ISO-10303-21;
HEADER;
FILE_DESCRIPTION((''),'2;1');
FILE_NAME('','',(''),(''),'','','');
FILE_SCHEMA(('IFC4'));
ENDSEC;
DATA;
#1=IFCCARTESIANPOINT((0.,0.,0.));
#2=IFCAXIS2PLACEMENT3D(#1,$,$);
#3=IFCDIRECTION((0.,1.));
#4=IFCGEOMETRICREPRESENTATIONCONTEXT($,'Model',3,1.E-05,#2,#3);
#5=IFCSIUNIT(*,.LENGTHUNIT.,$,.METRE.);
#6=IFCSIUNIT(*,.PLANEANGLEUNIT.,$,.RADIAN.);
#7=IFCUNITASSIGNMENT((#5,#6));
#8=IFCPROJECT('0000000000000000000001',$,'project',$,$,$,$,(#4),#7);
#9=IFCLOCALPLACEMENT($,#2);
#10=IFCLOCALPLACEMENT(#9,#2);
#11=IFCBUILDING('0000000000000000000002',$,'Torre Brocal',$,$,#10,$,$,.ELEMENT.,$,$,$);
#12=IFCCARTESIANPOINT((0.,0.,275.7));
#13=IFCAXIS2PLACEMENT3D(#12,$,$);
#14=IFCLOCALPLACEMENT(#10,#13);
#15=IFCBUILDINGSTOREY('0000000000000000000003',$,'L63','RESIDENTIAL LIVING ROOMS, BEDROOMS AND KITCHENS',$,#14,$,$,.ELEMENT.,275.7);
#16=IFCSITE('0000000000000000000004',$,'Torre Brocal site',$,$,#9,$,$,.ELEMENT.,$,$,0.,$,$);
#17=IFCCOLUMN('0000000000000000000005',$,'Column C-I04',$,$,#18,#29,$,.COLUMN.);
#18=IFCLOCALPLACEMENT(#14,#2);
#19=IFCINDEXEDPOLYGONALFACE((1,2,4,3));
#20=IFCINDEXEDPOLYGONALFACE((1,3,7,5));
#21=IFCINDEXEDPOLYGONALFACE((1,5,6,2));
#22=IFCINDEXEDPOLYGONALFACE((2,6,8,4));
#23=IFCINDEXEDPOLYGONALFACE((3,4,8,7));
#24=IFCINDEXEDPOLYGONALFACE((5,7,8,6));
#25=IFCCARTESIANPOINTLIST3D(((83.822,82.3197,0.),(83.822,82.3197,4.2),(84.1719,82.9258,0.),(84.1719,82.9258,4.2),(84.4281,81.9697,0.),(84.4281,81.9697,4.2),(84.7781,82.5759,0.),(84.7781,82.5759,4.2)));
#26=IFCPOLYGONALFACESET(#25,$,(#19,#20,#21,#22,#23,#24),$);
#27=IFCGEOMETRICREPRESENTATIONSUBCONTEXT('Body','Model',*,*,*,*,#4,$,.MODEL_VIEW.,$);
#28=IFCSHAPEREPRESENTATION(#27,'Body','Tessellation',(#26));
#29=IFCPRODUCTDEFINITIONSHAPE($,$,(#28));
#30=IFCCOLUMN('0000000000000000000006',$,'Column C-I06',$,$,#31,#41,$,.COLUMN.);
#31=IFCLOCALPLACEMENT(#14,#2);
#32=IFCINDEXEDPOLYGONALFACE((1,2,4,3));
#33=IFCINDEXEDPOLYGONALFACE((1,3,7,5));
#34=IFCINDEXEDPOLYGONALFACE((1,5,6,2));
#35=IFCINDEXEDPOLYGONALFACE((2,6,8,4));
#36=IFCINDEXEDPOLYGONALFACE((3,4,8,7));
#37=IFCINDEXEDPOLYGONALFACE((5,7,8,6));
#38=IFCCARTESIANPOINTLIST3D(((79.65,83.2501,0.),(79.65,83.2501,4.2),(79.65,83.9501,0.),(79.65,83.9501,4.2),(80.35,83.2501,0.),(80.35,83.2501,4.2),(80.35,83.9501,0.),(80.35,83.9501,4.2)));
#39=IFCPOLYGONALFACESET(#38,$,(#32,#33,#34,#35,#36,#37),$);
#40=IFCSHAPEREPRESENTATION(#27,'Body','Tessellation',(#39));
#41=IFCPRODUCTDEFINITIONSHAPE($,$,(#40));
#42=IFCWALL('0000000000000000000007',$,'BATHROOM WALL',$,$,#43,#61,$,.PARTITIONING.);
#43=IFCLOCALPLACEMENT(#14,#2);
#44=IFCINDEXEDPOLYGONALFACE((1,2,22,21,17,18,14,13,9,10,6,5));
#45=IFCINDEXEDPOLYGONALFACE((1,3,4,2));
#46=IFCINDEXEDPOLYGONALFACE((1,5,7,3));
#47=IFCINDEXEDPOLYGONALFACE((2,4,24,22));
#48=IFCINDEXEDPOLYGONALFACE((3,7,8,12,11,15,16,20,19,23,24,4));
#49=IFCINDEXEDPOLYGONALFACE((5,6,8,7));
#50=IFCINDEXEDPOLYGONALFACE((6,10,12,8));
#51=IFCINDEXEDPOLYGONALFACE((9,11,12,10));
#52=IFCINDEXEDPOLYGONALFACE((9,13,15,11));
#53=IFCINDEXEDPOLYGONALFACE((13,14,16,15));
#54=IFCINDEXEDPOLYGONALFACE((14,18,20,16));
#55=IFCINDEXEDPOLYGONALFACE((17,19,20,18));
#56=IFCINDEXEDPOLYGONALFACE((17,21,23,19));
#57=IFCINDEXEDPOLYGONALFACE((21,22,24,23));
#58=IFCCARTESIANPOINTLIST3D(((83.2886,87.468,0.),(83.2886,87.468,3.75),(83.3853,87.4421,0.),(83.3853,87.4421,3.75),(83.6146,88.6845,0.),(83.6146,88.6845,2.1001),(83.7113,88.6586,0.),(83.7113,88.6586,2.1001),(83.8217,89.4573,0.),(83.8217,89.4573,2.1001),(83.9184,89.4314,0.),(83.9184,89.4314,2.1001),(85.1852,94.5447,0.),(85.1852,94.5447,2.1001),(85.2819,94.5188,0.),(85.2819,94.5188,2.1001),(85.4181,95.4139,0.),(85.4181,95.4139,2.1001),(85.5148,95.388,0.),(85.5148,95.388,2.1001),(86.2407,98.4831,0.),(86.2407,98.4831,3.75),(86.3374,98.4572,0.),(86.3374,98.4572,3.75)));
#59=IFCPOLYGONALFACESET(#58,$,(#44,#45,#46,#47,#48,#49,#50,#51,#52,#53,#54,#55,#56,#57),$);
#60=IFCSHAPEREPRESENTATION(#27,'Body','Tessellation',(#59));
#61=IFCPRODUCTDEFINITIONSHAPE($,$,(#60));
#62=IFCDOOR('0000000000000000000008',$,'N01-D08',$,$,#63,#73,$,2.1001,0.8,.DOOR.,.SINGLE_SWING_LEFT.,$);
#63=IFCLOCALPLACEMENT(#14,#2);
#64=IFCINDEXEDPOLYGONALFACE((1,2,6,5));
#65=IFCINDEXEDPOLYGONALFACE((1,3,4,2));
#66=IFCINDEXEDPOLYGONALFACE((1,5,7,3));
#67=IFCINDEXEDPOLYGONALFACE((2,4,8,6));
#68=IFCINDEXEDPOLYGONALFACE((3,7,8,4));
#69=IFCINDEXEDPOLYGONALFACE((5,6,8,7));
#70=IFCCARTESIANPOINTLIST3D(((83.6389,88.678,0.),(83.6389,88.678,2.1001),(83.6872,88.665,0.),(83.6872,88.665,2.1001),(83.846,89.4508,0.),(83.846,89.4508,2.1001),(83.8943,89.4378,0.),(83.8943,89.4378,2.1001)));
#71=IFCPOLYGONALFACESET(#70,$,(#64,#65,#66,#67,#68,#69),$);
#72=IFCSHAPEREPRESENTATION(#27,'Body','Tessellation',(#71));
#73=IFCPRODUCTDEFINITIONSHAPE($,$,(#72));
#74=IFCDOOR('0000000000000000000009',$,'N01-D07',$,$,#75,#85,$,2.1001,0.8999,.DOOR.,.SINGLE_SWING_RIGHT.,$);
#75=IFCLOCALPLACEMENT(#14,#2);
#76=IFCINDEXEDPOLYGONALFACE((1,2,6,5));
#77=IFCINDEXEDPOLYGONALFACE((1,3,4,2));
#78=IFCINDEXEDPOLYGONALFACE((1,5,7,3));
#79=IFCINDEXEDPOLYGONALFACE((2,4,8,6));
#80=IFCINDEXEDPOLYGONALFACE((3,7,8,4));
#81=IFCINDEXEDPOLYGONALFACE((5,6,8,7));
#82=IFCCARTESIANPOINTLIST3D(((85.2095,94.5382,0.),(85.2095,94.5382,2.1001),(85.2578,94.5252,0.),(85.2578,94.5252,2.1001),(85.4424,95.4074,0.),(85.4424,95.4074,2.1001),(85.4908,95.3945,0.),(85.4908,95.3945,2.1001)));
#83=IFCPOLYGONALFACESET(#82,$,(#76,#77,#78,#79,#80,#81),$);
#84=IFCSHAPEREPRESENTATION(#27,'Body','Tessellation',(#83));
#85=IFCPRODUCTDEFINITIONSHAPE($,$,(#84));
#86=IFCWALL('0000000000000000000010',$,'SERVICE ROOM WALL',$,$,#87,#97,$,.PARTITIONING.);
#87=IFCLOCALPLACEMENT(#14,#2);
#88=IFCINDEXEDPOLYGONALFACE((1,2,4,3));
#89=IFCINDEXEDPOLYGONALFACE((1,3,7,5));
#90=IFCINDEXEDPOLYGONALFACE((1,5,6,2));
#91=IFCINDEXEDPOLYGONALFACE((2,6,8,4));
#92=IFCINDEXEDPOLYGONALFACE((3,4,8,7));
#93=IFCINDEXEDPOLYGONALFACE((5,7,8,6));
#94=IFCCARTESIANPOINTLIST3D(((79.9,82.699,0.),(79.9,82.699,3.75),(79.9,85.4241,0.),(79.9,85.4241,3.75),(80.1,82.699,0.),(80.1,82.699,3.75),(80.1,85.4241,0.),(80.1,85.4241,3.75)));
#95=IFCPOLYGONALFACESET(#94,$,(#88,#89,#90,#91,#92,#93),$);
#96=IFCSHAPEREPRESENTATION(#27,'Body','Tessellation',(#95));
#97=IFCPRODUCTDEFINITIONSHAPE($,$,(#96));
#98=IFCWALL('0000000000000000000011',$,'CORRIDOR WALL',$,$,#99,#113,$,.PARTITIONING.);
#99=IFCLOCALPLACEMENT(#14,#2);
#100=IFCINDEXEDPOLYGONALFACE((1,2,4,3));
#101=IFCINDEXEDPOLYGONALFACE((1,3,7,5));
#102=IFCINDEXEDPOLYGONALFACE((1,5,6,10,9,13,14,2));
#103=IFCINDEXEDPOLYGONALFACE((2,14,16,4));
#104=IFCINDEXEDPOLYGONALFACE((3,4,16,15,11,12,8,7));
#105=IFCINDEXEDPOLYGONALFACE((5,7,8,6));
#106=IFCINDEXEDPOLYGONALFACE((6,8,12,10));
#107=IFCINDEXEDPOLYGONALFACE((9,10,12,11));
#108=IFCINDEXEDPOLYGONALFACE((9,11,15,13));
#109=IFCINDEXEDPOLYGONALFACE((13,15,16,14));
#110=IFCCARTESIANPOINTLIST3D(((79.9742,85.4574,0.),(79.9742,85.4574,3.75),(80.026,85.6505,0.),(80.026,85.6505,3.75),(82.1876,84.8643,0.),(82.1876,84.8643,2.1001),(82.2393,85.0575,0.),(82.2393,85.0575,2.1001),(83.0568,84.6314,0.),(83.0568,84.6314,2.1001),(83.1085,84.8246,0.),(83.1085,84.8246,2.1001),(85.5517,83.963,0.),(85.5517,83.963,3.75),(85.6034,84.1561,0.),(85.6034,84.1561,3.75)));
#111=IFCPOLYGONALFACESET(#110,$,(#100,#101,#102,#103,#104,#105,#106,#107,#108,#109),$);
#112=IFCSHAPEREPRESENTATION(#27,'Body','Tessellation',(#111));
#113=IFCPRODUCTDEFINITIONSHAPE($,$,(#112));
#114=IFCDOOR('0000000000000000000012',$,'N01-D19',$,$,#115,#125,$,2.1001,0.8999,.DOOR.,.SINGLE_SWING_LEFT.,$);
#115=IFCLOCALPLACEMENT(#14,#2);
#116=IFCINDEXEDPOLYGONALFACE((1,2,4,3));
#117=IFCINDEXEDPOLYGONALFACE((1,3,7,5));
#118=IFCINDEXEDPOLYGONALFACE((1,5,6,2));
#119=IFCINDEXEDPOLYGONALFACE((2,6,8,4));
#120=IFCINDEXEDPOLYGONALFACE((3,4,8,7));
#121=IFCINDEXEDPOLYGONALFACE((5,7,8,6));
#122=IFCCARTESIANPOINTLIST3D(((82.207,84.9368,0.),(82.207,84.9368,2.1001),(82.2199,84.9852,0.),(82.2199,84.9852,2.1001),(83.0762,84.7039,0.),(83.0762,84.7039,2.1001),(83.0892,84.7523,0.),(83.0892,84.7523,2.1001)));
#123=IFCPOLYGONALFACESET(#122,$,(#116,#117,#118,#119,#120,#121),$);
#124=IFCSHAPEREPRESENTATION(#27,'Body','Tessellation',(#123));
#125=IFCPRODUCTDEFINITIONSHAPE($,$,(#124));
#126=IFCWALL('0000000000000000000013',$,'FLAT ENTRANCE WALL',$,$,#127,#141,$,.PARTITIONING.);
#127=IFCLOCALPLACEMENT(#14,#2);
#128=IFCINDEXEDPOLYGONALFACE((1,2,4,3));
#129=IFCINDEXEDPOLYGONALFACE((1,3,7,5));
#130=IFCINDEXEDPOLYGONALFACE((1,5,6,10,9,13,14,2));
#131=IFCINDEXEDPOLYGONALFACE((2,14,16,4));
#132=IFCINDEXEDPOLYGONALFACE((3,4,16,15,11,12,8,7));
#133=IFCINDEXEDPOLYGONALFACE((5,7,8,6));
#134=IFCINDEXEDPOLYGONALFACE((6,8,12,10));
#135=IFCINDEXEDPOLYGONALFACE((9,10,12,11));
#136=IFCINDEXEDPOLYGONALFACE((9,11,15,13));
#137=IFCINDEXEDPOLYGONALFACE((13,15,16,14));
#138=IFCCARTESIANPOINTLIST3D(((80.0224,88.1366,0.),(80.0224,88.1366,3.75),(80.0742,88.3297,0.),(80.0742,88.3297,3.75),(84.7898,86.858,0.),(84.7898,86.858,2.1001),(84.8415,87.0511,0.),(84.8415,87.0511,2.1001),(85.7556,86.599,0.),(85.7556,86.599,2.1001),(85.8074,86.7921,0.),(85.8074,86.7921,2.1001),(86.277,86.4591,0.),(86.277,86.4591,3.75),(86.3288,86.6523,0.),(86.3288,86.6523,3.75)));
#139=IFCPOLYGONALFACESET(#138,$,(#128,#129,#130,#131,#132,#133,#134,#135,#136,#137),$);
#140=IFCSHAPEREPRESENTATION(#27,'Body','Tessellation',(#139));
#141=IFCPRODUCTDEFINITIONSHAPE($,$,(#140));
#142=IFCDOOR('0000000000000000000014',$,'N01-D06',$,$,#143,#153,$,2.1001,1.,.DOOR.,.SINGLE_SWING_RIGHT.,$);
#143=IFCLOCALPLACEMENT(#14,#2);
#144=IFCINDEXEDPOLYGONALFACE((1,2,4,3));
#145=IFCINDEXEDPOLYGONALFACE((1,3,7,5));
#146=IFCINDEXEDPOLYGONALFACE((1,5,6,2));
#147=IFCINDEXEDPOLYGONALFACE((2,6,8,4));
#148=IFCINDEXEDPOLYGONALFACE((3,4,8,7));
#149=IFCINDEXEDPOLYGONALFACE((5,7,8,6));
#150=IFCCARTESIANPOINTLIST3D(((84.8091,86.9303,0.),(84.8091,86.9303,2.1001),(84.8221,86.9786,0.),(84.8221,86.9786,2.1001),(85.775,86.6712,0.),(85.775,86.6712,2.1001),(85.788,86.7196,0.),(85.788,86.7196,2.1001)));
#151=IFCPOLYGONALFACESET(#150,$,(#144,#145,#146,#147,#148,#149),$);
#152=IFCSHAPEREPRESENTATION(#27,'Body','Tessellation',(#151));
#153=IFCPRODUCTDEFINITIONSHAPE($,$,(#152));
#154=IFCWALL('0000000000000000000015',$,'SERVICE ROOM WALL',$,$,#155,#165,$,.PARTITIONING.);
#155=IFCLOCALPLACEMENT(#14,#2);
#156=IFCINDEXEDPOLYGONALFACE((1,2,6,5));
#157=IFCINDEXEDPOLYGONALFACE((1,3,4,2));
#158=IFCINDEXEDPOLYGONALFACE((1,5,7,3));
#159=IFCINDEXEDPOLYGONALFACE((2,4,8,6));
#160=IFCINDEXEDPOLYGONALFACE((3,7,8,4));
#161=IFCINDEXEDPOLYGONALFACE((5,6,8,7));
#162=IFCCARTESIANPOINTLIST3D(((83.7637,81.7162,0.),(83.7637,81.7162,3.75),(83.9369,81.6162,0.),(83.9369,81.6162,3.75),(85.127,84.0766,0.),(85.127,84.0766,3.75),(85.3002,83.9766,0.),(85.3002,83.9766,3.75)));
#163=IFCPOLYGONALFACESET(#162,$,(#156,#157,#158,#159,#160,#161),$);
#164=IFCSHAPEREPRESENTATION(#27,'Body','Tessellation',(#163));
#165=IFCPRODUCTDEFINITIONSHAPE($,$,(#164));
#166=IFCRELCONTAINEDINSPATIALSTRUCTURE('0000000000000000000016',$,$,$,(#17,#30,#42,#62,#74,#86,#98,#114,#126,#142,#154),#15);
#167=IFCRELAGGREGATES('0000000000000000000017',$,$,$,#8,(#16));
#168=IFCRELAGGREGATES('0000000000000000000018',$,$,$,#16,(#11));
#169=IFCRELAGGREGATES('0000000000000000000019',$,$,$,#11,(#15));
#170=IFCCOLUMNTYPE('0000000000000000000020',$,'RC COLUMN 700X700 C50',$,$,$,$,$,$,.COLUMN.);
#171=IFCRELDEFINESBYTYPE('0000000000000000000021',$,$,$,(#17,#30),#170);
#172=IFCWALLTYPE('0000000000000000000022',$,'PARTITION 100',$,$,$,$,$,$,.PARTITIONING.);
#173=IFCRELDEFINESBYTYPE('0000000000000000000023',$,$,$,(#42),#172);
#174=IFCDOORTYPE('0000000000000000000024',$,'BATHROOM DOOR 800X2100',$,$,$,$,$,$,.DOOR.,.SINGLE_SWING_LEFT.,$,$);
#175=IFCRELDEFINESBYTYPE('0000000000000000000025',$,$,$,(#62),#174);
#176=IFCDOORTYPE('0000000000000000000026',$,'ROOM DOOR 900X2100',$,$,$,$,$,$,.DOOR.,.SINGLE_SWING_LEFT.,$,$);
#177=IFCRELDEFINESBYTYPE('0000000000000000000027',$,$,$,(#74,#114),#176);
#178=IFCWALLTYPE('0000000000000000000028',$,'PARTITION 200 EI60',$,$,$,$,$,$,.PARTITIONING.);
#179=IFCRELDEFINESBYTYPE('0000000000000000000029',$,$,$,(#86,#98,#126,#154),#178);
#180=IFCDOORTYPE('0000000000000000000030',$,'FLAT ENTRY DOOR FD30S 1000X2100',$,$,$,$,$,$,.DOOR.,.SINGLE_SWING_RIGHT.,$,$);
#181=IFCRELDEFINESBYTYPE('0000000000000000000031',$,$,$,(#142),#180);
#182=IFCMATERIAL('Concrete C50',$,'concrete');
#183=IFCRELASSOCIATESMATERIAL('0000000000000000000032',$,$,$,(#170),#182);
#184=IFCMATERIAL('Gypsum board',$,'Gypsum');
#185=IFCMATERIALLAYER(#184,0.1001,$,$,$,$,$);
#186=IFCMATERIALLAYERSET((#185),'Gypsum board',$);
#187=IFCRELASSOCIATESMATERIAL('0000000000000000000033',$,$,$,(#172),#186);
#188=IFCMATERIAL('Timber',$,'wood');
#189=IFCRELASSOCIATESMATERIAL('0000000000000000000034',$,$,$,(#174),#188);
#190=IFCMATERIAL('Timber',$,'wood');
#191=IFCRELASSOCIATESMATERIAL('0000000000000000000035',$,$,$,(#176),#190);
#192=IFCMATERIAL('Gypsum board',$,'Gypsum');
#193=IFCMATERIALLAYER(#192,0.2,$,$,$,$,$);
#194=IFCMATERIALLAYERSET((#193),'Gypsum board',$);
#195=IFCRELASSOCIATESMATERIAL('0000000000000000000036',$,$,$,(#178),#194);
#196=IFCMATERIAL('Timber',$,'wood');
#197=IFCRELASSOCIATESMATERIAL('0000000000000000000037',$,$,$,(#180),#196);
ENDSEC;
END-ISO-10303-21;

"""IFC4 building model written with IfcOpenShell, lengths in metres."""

from ifc_helpers import new_model, si_unit, direction, frame, frame_2d, origin, origin_2d, place, context, subcontext, project, spatial, rectangle, extrude, material, layer, layer_set, material_profile, profile_set, type_object, element, fill, save


model = new_model("IFC4")

# Units and contexts
model_context = context("Model", 3, precision=1e-05, world=origin(), true_north=direction((0.0, 1.0)))
body_context = subcontext(model_context, "Body", "Model", "MODEL_VIEW")
ifc_project = project(units=[si_unit("LENGTHUNIT", "METRE"), si_unit("PLANEANGLEUNIT", "RADIAN")], contexts=[model_context])

# Site, building, storey
site_placement = place(None, origin())
site = spatial("IfcSite", under=ifc_project, at=site_placement, Name="Torre Brocal site", CompositionType="ELEMENT", RefElevation=0.0)
building_placement = place(site_placement, origin())
building = spatial("IfcBuilding", under=site, at=building_placement, Name="Torre Brocal", CompositionType="ELEMENT")
storey_placement = place(building_placement, frame((0.0, 0.0, 275.7)))
storey = spatial("IfcBuildingStorey", under=building, at=storey_placement, Name="L63", Description="RESIDENTIAL LIVING ROOMS, BEDROOMS AND KITCHENS", CompositionType="ELEMENT", Elevation=275.7)

# Columns
ifc_material_1 = material(Name="Concrete C50", Category="concrete")
ifc_material_profile = material_profile(ifc_material_1, rectangle(XDim=0.7, YDim=0.7, at=origin_2d()), Name="RC 700X700")
ifc_profile_set = profile_set([ifc_material_profile], Name="Concrete C50")
column_type = type_object("IfcColumnType", Name="RC COLUMN 700X700 C50", PredefinedType="COLUMN", material=ifc_profile_set)
for number, where, z_axis, x_axis, name in (
    (1, (84.3, 82.4478, 0.0), (0.0, 0.0, 1.0), (0.5, 0.866025, 0.0), "Column C-I04"),
    (2, (80.0, 83.6001, 0.0), (0.0, 0.0, 1.0), (0.0, 1.0, 0.0), "Column C-I06"),
):
    element("IfcColumn", number, at=place(storey_placement, frame(where, z_axis=z_axis, x_axis=x_axis)), inside=storey, type_object=column_type, Name=name, PredefinedType="COLUMN", context=body_context, shape_type="SweptSolid", body=[
        extrude(rectangle(XDim=0.7, YDim=0.7, at=origin_2d()), origin(), (0.0, 0.0, 1.0), 4.2),
    ])

# Wall, openings, doors
ifc_material_2 = material(Name="Gypsum board", Category="Gypsum")
ifc_layer_1 = layer(ifc_material_2, 0.1001)
ifc_layer_set_1 = layer_set([ifc_layer_1], Name="Gypsum board")
wall_type_1 = type_object("IfcWallType", Name="PARTITION 100", PredefinedType="PARTITIONING", material=ifc_layer_set_1)
wall_1_placement = place(storey_placement, frame((83.3369, 87.4551, 0.0), z_axis=(0.0, 0.0, 1.0), x_axis=(0.258872, 0.965912, 0.0)))
wall_1 = element("IfcWall", 3, at=wall_1_placement, inside=storey, type_object=wall_type_1, Name="BATHROOM WALL", PredefinedType="PARTITIONING", context=body_context, shape_type="SweptSolid", body=[
    extrude(rectangle(XDim=11.4038, YDim=0.1001, at=frame_2d((5.7019, 0.0))), origin(), (0.0, 0.0, 1.0), 3.75),
])
opening_1_placement = place(wall_1_placement, frame((7.3264, 0.0, 0.0)))
opening_1 = element("IfcOpeningElement", 4, at=opening_1_placement, cuts=wall_1, PredefinedType="OPENING", context=body_context, shape_type="SweptSolid", body=[
    extrude(rectangle(XDim=0.8999, YDim=2.1001, at=frame_2d((0.45, 1.05))), frame((0.0, 0.0601, 0.0), z_axis=(0.0, -1.0, 0.0), x_axis=(1.0, 0.0, 0.0)), (0.0, 0.0, 1.0), 0.1201),
])
opening_2_placement = place(wall_1_placement, frame((1.2595, 0.0, 0.0)))
opening_2 = element("IfcOpeningElement", 5, at=opening_2_placement, cuts=wall_1, PredefinedType="OPENING", context=body_context, shape_type="SweptSolid", body=[
    extrude(rectangle(XDim=0.8, YDim=2.1001, at=frame_2d((0.3999, 1.05))), frame((0.0, 0.0601, 0.0), z_axis=(0.0, -1.0, 0.0), x_axis=(1.0, 0.0, 0.0)), (0.0, 0.0, 1.0), 0.1201),
])
ifc_material_3 = material(Name="Timber", Category="wood")
door_type_1 = type_object("IfcDoorType", Name="BATHROOM DOOR 800X2100", OperationType="SINGLE_SWING_LEFT", PredefinedType="DOOR", material=ifc_material_3)
door_1_placement = place(opening_2_placement, origin())
door_1 = element("IfcDoor", 6, at=door_1_placement, inside=storey, type_object=door_type_1, Name="N01-D08", OperationType="SINGLE_SWING_LEFT", OverallHeight=2.1001, OverallWidth=0.8, PredefinedType="DOOR", context=body_context, shape_type="SweptSolid", body=[
    extrude(rectangle(XDim=0.8, YDim=2.1001, at=frame_2d((0.3999, 1.05))), frame((0.0, 0.0249, 0.0), z_axis=(0.0, -1.0, 0.0), x_axis=(1.0, 0.0, 0.0)), (0.0, 0.0, 1.0), 0.05),
])
fill(opening_2, door_1)
ifc_material_4 = material(Name="Timber", Category="wood")
door_type_2 = type_object("IfcDoorType", Name="ROOM DOOR 900X2100", OperationType="SINGLE_SWING_LEFT", PredefinedType="DOOR", material=ifc_material_4)
door_2_placement = place(opening_1_placement, origin())
door_2 = element("IfcDoor", 7, at=door_2_placement, inside=storey, type_object=door_type_2, Name="N01-D07", OperationType="SINGLE_SWING_RIGHT", OverallHeight=2.1001, OverallWidth=0.8999, PredefinedType="DOOR", context=body_context, shape_type="SweptSolid", body=[
    extrude(rectangle(XDim=0.8999, YDim=2.1001, at=frame_2d((0.45, 1.05))), frame((0.0, 0.0249, 0.0), z_axis=(0.0, -1.0, 0.0), x_axis=(1.0, 0.0, 0.0)), (0.0, 0.0, 1.0), 0.05),
])
fill(opening_1, door_2)

# Wall
ifc_material_5 = material(Name="Gypsum board", Category="Gypsum")
ifc_layer_2 = layer(ifc_material_5, 0.2)
ifc_layer_set_2 = layer_set([ifc_layer_2], Name="Gypsum board")
wall_type_2 = type_object("IfcWallType", Name="PARTITION 200 EI60", PredefinedType="PARTITIONING", material=ifc_layer_set_2)
wall_2_placement = place(storey_placement, frame((80.0, 82.699, 0.0), z_axis=(0.0, 0.0, 1.0), x_axis=(0.0, 1.0, 0.0)))
element("IfcWall", 8, at=wall_2_placement, inside=storey, type_object=wall_type_2, Name="SERVICE ROOM WALL", PredefinedType="PARTITIONING", context=body_context, shape_type="SweptSolid", body=[
    extrude(rectangle(XDim=2.7251, YDim=0.2, at=frame_2d((1.3625, 0.0))), origin(), (0.0, 0.0, 1.0), 3.75),
])

# Walls, openings, doors
wall_3_placement = place(storey_placement, frame((80.0, 85.554, 0.0), z_axis=(0.0, 0.0, 1.0), x_axis=(0.965929, -0.258807, 0.0)))
wall_3 = element("IfcWall", 9, at=wall_3_placement, inside=storey, type_object=wall_type_2, Name="CORRIDOR WALL", PredefinedType="PARTITIONING", context=body_context, shape_type="SweptSolid", body=[
    extrude(rectangle(XDim=5.7742, YDim=0.2, at=frame_2d((2.8872, 0.0))), origin(), (0.0, 0.0, 1.0), 3.75),
])
opening_3_placement = place(wall_3_placement, frame((2.2915, 0.0, 0.0)))
opening_3 = element("IfcOpeningElement", 10, at=opening_3_placement, cuts=wall_3, PredefinedType="OPENING", context=body_context, shape_type="SweptSolid", body=[
    extrude(rectangle(XDim=0.8999, YDim=2.1001, at=frame_2d((0.45, 1.05))), frame((0.0, 0.1099, 0.0), z_axis=(0.0, -1.0, 0.0), x_axis=(1.0, 0.0, 0.0)), (0.0, 0.0, 1.0), 0.22),
])
door_3_placement = place(opening_3_placement, frame((0.8999, 0.0, 0.0), z_axis=(0.0, 0.0, 1.0), x_axis=(-1.0, 0.0, 0.0)))
door_3 = element("IfcDoor", 11, at=door_3_placement, inside=storey, type_object=door_type_2, Name="N01-D19", OperationType="SINGLE_SWING_LEFT", OverallHeight=2.1001, OverallWidth=0.8999, PredefinedType="DOOR", context=body_context, shape_type="SweptSolid", body=[
    extrude(rectangle(XDim=0.8999, YDim=2.1001, at=frame_2d((0.45, 1.05))), frame((0.0, 0.0249, 0.0), z_axis=(0.0, -1.0, 0.0), x_axis=(1.0, 0.0, 0.0)), (0.0, 0.0, 1.0), 0.05),
])
fill(opening_3, door_3)
wall_4_placement = place(storey_placement, frame((80.0483, 88.2332, 0.0), z_axis=(0.0, 0.0, 1.0), x_axis=(0.965865, -0.259045, 0.0)))
wall_4 = element("IfcWall", 12, at=wall_4_placement, inside=storey, type_object=wall_type_2, Name="FLAT ENTRANCE WALL", PredefinedType="PARTITIONING", context=body_context, shape_type="SweptSolid", body=[
    extrude(rectangle(XDim=6.4756, YDim=0.2, at=frame_2d((3.2378, 0.0))), origin(), (0.0, 0.0, 1.0), 3.75),
])
opening_4_placement = place(wall_4_placement, frame((4.9358, 0.0, 0.0)))
opening_4 = element("IfcOpeningElement", 13, at=opening_4_placement, cuts=wall_4, PredefinedType="OPENING", context=body_context, shape_type="SweptSolid", body=[
    extrude(rectangle(XDim=1.0, YDim=2.1001, at=frame_2d((0.5, 1.05))), frame((0.0, 0.1099, 0.0), z_axis=(0.0, -1.0, 0.0), x_axis=(1.0, 0.0, 0.0)), (0.0, 0.0, 1.0), 0.22),
])
ifc_material_6 = material(Name="Timber", Category="wood")
door_type_3 = type_object("IfcDoorType", Name="FLAT ENTRY DOOR FD30S 1000X2100", OperationType="SINGLE_SWING_RIGHT", PredefinedType="DOOR", material=ifc_material_6)
door_4_placement = place(opening_4_placement, origin())
door_4 = element("IfcDoor", 14, at=door_4_placement, inside=storey, type_object=door_type_3, Name="N01-D06", OperationType="SINGLE_SWING_RIGHT", OverallHeight=2.1001, OverallWidth=1.0, PredefinedType="DOOR", context=body_context, shape_type="SweptSolid", body=[
    extrude(rectangle(XDim=1.0, YDim=2.1001, at=frame_2d((0.5, 1.05))), frame((0.0, 0.0249, 0.0), z_axis=(0.0, -1.0, 0.0), x_axis=(1.0, 0.0, 0.0)), (0.0, 0.0, 1.0), 0.05),
])
fill(opening_4, door_4)

# Wall
wall_5_placement = place(storey_placement, frame((83.8503, 81.6663, 0.0), z_axis=(0.0, 0.0, 1.0), x_axis=(0.500146, 0.865941, 0.0)))
element("IfcWall", 15, at=wall_5_placement, inside=storey, type_object=wall_type_2, Name="SERVICE ROOM WALL", PredefinedType="PARTITIONING", context=body_context, shape_type="SweptSolid", body=[
    extrude(rectangle(XDim=2.7258, YDim=0.2, at=frame_2d((1.3628, 0.0))), origin(), (0.0, 0.0, 1.0), 3.75),
])

save(model, "model.ifc")
